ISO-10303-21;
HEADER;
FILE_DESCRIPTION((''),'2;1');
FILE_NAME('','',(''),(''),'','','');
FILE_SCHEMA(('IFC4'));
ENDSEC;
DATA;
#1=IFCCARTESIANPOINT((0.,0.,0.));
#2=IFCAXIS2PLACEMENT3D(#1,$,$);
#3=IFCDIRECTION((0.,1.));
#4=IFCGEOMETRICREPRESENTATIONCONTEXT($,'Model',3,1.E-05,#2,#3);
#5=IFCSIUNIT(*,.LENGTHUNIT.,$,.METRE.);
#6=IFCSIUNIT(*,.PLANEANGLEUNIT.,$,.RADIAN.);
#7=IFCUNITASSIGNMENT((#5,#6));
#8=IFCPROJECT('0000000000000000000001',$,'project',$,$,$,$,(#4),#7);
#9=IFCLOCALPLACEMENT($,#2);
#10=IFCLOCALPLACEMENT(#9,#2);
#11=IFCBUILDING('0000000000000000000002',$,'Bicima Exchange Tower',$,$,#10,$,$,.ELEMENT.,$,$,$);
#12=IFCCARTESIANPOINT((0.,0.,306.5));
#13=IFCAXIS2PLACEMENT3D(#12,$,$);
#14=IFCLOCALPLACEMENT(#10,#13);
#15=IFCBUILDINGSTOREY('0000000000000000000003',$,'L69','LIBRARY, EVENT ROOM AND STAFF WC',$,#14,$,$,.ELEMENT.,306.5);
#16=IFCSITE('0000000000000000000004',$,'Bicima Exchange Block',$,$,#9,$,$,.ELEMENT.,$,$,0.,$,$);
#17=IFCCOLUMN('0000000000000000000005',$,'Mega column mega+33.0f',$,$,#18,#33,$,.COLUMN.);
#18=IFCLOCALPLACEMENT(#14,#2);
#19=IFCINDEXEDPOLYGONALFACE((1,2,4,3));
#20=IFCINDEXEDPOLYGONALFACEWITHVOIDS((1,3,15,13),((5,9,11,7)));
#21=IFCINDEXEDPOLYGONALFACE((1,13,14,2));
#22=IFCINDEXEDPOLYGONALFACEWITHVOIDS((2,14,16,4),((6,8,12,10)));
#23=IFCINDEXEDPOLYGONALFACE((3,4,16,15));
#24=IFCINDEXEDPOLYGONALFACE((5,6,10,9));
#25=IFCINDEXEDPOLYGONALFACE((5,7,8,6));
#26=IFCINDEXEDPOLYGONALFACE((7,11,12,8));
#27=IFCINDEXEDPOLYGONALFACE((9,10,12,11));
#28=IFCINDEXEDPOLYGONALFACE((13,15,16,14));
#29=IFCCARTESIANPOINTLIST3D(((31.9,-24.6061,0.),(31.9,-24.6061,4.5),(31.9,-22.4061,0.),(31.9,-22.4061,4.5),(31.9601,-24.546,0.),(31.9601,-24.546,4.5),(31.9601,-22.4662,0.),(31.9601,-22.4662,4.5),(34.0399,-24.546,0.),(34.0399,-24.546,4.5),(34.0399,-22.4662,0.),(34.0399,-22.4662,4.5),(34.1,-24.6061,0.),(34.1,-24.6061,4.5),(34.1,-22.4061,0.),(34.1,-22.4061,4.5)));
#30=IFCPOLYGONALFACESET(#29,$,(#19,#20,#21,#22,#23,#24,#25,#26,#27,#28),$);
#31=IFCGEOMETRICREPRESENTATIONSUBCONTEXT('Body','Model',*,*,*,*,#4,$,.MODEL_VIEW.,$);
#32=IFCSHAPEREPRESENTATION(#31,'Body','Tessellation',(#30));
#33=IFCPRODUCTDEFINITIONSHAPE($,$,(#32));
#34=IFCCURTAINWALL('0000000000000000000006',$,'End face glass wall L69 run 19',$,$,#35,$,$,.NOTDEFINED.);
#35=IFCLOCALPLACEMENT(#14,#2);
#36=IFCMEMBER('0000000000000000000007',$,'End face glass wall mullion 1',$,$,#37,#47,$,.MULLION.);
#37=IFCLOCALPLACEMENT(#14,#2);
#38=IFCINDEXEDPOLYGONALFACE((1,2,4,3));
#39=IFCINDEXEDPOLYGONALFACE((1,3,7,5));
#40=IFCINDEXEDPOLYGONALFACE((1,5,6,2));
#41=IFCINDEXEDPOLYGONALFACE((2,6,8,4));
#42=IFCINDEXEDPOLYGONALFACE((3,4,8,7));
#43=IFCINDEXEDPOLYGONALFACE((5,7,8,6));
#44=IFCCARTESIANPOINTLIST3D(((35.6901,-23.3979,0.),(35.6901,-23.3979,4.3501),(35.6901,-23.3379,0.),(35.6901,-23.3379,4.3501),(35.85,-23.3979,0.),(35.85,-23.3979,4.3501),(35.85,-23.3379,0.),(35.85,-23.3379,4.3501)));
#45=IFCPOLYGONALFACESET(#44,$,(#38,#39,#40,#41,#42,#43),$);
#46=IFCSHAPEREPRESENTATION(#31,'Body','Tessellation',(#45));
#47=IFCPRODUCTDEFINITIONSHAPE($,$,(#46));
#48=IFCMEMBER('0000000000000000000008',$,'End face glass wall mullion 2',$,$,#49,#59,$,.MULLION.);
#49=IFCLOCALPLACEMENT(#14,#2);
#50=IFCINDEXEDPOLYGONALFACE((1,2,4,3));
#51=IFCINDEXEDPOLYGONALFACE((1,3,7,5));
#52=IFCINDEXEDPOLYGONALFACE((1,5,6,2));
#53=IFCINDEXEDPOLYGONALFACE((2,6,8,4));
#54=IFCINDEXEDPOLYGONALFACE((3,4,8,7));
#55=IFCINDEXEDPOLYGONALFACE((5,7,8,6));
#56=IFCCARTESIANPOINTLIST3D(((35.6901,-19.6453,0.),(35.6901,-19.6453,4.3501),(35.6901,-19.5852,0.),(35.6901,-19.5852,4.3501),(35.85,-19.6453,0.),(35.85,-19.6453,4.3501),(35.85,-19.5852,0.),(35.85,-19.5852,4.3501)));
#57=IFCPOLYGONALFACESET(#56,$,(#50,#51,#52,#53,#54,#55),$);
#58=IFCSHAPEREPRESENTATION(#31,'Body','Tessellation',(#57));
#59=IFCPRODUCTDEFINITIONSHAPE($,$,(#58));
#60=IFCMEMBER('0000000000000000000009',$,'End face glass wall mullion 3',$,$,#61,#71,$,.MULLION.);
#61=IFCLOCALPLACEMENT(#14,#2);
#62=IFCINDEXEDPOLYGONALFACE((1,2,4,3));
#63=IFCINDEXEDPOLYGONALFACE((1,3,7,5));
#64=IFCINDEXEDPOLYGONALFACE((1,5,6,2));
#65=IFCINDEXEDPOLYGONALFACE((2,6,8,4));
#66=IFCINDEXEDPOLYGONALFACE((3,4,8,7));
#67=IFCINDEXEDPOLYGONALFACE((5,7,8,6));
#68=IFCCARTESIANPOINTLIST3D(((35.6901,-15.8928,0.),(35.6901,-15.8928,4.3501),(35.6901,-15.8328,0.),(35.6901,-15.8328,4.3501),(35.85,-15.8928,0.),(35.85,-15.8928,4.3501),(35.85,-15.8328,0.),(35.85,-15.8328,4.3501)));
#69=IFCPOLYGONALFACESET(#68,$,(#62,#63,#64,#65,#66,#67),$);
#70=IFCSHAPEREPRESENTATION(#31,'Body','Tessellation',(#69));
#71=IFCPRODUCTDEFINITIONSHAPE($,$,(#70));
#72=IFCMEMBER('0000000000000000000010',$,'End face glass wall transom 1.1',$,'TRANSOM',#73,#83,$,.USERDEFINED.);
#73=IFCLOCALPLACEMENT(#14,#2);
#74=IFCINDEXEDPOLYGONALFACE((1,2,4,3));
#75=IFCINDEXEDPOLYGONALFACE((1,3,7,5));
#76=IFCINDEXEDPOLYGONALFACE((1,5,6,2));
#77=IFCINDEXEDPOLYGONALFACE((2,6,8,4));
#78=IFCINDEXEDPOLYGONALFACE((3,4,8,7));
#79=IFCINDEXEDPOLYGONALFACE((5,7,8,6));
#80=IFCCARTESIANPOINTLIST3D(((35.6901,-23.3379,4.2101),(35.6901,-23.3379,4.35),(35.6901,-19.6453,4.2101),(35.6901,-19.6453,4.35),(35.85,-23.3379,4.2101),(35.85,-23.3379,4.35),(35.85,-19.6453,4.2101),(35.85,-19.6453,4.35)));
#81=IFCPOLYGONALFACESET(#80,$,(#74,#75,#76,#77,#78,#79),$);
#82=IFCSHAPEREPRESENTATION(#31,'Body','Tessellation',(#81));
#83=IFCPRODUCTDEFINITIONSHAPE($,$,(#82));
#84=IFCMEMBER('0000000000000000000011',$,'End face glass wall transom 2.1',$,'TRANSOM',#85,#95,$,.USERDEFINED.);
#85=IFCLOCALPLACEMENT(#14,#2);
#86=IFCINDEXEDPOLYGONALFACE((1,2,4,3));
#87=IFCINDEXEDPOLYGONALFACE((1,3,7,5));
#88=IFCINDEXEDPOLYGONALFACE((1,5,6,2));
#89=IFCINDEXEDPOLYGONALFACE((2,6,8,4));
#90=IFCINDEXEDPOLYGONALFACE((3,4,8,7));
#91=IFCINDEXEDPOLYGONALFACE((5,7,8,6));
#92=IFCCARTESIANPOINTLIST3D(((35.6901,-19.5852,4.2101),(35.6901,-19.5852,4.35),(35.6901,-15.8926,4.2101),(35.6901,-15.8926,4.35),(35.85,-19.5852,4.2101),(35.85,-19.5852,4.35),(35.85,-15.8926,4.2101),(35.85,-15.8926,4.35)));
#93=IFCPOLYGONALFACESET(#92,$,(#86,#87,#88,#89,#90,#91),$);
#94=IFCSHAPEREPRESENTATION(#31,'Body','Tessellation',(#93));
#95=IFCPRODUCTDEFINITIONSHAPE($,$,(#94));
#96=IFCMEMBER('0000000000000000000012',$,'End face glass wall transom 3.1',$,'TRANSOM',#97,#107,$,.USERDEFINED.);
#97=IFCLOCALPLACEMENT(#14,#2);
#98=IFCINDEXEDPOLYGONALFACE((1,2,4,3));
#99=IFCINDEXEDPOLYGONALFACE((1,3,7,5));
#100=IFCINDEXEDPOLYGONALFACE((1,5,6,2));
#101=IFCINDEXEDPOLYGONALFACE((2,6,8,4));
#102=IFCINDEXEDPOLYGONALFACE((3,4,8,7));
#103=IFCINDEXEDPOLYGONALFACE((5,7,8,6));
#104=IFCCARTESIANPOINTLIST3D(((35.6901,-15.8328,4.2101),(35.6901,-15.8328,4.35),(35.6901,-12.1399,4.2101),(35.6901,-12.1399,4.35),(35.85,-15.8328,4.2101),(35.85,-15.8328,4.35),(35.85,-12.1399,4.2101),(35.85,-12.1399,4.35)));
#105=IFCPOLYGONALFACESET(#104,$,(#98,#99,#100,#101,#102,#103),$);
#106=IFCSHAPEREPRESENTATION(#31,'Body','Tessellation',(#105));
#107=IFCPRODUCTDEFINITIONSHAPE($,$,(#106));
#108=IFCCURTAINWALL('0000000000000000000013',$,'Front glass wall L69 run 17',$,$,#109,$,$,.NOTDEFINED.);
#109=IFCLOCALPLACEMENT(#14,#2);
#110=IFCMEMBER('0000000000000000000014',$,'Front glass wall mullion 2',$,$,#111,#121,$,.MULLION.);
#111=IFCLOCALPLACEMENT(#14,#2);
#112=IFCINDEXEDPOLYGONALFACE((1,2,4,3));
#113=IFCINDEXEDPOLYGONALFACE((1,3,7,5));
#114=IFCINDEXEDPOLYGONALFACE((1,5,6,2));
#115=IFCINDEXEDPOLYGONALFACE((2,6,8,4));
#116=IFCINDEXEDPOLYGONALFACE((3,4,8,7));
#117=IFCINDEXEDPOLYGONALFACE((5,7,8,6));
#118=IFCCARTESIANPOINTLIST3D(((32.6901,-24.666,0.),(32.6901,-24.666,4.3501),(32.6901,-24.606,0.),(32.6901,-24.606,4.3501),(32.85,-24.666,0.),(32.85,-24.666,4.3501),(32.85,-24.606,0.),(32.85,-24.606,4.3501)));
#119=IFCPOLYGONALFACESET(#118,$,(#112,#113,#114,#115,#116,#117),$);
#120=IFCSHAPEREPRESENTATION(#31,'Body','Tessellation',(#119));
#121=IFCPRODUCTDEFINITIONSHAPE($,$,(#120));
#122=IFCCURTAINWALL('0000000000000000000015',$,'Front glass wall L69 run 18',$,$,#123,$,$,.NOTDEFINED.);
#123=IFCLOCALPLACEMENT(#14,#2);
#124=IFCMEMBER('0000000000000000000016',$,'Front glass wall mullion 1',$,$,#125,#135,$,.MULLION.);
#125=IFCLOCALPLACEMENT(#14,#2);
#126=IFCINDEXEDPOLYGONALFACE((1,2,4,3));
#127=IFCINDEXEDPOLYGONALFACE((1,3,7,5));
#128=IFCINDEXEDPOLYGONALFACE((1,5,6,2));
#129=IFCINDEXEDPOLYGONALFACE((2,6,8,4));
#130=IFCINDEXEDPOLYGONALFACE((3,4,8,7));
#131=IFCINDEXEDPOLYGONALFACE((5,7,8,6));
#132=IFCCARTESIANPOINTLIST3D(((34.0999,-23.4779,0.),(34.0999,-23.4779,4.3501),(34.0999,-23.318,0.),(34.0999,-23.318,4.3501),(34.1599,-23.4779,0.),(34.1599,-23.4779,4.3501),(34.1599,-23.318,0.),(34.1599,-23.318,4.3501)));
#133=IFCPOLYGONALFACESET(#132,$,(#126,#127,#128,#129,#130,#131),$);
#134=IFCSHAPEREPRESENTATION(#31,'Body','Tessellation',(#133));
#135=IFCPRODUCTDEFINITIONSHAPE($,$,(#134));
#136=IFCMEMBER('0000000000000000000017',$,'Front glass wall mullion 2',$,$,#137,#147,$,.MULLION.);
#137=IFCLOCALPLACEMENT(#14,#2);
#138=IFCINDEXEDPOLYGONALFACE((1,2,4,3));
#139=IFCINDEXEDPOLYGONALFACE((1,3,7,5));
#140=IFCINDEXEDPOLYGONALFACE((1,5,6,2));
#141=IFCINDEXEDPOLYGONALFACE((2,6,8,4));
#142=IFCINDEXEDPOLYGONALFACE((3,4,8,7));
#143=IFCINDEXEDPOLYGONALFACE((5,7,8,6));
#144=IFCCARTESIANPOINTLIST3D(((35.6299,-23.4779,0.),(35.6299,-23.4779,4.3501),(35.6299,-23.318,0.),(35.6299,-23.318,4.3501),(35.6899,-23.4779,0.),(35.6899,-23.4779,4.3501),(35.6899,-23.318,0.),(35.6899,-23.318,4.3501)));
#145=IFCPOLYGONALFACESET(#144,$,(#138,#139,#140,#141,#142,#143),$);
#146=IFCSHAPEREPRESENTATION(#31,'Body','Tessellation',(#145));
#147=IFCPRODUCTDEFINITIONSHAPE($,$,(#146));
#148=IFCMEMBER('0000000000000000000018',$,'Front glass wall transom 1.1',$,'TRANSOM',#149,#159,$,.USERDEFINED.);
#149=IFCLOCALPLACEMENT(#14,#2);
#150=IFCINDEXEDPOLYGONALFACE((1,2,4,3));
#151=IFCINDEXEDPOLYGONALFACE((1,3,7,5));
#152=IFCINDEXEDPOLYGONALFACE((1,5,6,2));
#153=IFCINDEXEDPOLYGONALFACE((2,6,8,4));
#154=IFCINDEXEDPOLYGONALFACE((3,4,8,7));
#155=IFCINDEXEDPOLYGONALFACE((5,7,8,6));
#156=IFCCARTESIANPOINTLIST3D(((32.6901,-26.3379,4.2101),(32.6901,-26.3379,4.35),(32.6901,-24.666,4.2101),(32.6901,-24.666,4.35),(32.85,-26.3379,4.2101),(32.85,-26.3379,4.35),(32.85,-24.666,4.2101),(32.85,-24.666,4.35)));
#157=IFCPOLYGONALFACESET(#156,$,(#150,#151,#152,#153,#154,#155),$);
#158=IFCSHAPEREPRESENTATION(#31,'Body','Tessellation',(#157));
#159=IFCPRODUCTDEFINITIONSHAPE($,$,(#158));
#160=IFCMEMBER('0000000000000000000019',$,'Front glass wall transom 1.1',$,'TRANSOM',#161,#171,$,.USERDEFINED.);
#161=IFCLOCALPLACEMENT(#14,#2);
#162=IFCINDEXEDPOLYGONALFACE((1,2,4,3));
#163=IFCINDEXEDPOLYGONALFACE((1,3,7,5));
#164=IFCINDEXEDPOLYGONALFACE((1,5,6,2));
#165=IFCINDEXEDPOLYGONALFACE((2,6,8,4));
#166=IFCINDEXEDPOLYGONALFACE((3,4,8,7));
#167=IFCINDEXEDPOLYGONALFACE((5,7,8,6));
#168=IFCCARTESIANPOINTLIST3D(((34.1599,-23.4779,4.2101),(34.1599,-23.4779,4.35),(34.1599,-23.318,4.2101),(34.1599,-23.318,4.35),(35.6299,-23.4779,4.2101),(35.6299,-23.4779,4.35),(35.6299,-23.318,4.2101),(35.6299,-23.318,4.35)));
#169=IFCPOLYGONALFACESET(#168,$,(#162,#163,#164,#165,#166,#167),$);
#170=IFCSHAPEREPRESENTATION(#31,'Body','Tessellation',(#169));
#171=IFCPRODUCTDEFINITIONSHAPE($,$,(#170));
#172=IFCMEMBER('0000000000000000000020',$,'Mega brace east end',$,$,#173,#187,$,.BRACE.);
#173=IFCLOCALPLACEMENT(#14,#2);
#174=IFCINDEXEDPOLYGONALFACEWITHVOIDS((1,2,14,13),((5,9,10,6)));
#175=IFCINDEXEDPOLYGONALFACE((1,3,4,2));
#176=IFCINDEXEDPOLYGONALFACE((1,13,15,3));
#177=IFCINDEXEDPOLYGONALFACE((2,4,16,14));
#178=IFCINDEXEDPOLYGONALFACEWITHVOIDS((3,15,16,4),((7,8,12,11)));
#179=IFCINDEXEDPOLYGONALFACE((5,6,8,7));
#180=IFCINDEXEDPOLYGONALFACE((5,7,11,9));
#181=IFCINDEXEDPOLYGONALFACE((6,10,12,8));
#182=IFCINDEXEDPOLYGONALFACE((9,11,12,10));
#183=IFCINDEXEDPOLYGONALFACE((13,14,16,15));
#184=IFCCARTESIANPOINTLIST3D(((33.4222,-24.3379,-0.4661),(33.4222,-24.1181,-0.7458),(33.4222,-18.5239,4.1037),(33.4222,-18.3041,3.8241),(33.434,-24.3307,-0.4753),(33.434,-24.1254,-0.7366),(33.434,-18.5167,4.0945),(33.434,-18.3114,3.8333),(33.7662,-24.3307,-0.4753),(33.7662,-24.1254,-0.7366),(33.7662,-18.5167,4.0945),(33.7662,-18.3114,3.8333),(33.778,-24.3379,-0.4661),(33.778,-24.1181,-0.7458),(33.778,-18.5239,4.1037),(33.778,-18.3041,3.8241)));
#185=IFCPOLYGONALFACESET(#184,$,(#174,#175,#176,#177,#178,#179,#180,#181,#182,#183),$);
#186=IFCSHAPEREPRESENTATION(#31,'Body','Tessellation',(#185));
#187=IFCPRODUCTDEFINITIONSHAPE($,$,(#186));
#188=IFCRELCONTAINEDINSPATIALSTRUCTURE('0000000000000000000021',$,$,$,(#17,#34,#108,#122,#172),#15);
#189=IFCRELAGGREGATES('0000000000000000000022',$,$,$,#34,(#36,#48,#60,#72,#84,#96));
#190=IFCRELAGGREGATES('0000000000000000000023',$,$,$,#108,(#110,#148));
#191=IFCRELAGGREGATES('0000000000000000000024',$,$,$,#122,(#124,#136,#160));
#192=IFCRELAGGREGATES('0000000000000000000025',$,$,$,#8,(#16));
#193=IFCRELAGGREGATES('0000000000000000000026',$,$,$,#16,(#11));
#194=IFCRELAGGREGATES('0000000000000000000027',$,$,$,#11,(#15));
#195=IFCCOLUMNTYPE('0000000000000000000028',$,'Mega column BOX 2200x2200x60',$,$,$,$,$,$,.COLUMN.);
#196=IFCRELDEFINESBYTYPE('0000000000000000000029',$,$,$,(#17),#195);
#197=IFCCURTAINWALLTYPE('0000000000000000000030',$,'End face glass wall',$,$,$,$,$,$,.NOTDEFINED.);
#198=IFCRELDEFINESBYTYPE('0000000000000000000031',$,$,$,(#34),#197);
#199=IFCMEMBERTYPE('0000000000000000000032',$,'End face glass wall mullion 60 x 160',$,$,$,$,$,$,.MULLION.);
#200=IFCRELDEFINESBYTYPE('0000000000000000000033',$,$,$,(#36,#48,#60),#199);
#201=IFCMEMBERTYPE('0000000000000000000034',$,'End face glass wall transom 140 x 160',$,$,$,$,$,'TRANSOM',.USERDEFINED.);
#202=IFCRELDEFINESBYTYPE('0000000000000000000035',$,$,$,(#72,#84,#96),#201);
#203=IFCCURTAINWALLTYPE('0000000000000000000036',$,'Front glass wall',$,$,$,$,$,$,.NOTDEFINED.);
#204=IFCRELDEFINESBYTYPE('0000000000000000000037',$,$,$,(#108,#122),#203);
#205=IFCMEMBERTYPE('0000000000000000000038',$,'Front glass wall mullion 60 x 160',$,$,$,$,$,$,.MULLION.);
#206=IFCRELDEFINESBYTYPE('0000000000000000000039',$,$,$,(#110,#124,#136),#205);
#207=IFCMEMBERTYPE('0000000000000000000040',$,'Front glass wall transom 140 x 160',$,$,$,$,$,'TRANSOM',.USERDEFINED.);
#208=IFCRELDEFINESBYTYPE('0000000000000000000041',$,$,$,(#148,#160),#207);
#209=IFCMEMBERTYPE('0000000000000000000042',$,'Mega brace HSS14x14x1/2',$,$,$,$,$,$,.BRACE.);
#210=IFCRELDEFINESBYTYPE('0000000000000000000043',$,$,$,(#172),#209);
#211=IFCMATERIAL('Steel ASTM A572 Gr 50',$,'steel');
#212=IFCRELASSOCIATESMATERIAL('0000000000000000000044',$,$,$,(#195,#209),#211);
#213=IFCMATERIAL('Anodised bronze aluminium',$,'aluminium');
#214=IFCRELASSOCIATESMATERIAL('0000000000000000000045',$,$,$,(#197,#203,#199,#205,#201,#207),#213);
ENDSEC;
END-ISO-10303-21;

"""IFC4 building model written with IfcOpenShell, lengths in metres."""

from ifc_helpers import new_model, si_unit, direction, frame, origin, origin_2d, place, context, subcontext, project, spatial, rectangle, hollow_rectangle, extrude, material, material_profile, profile_set, type_object, element, aggregate, save


model = new_model("IFC4")

# Units and contexts
model_context = context("Model", 3, precision=1e-05, world=origin(), true_north=direction((0.0, 1.0)))
body_context = subcontext(model_context, "Body", "Model", "MODEL_VIEW")
ifc_project = project(units=[si_unit("LENGTHUNIT", "METRE"), si_unit("PLANEANGLEUNIT", "RADIAN")], contexts=[model_context])

# Site, building, storey
site_placement = place(None, origin())
site = spatial("IfcSite", under=ifc_project, at=site_placement, Name="Bicima Exchange Block", CompositionType="ELEMENT", RefElevation=0.0)
building_placement = place(site_placement, origin())
building = spatial("IfcBuilding", under=site, at=building_placement, Name="Bicima Exchange Tower", CompositionType="ELEMENT")
storey_placement = place(building_placement, frame((0.0, 0.0, 306.5)))
storey = spatial("IfcBuildingStorey", under=building, at=storey_placement, Name="L69", Description="LIBRARY, EVENT ROOM AND STAFF WC", CompositionType="ELEMENT", Elevation=306.5)

# Column
ifc_material_1 = material(Name="Steel ASTM A572 Gr 50", Category="steel")
ifc_material_profile_1 = material_profile(ifc_material_1, hollow_rectangle(XDim=2.2, YDim=2.2, WallThickness=0.0601, at=origin_2d()))
ifc_profile_set_1 = profile_set([ifc_material_profile_1], Name="Steel ASTM A572 Gr 50")
column_type = type_object("IfcColumnType", Name="Mega column BOX 2200x2200x60", PredefinedType="COLUMN", material=ifc_profile_set_1)
column_placement = place(storey_placement, frame((33.0, -23.5061, 0.0), z_axis=(0.0, 0.0, 1.0), x_axis=(1.0, 0.0, 0.0)))
element("IfcColumn", 1, at=column_placement, inside=storey, type_object=column_type, Name="Mega column mega+33.0f", PredefinedType="COLUMN", context=body_context, shape_type="SweptSolid", body=[
    extrude(hollow_rectangle(XDim=2.2, YDim=2.2, WallThickness=0.0601, at=origin_2d()), origin(), (0.0, 0.0, 1.0), 4.5),
])

# Curtain wall, members
ifc_material_2 = material(Name="Anodised bronze aluminium", Category="aluminium")
curtain_wall_type_1 = type_object("IfcCurtainWallType", Name="End face glass wall", PredefinedType="NOTDEFINED", material=ifc_material_2)
curtain_wall_1_placement = place(storey_placement, origin())
curtain_wall_1 = element("IfcCurtainWall", 2, at=curtain_wall_1_placement, inside=storey, type_object=curtain_wall_type_1, Name="End face glass wall L69 run 19", PredefinedType="NOTDEFINED")
ifc_material_profile_2 = material_profile(ifc_material_2, rectangle(XDim=0.1599, YDim=0.0601, at=origin_2d()))
ifc_profile_set_2 = profile_set([ifc_material_profile_2], Name="Anodised bronze aluminium")
member_type_1 = type_object("IfcMemberType", Name="End face glass wall mullion 60 x 160", PredefinedType="MULLION", material=ifc_profile_set_2)
member_1_placement = place(storey_placement, frame((35.77, -23.3679, 0.0), z_axis=(0.0, 0.0, 1.0), x_axis=(-1.0, 0.0, 0.0)))
member_1 = element("IfcMember", 3, at=member_1_placement, type_object=member_type_1, Name="End face glass wall mullion 1", PredefinedType="MULLION", context=body_context, shape_type="SweptSolid", body=[
    extrude(rectangle(XDim=0.1599, YDim=0.0601, at=origin_2d()), origin(), (0.0, 0.0, 1.0), 4.3501),
])
member_2_placement = place(storey_placement, frame((35.77, -19.6152, 0.0), z_axis=(0.0, 0.0, 1.0), x_axis=(-1.0, 0.0, 0.0)))
member_2 = element("IfcMember", 4, at=member_2_placement, type_object=member_type_1, Name="End face glass wall mullion 2", PredefinedType="MULLION", context=body_context, shape_type="SweptSolid", body=[
    extrude(rectangle(XDim=0.1599, YDim=0.0601, at=origin_2d()), origin(), (0.0, 0.0, 1.0), 4.3501),
])
member_3_placement = place(storey_placement, frame((35.77, -15.8628, 0.0), z_axis=(0.0, 0.0, 1.0), x_axis=(-1.0, 0.0, 0.0)))
member_3 = element("IfcMember", 5, at=member_3_placement, type_object=member_type_1, Name="End face glass wall mullion 3", PredefinedType="MULLION", context=body_context, shape_type="SweptSolid", body=[
    extrude(rectangle(XDim=0.1599, YDim=0.0601, at=origin_2d()), origin(), (0.0, 0.0, 1.0), 4.3501),
])
ifc_material_profile_3 = material_profile(ifc_material_2, rectangle(XDim=0.1599, YDim=0.1399, at=origin_2d()))
ifc_profile_set_3 = profile_set([ifc_material_profile_3], Name="Anodised bronze aluminium")
member_type_2 = type_object("IfcMemberType", Name="End face glass wall transom 140 x 160", ElementType="TRANSOM", PredefinedType="USERDEFINED", material=ifc_profile_set_3)
member_4_placement = place(storey_placement, frame((35.77, -23.3379, 4.28), z_axis=(0.0, 1.0, 0.0), x_axis=(-1.0, 0.0, 0.0)))
member_4 = element("IfcMember", 6, at=member_4_placement, type_object=member_type_2, Name="End face glass wall transom 1.1", ObjectType="TRANSOM", PredefinedType="USERDEFINED", context=body_context, shape_type="SweptSolid", body=[
    extrude(rectangle(XDim=0.1599, YDim=0.1399, at=origin_2d()), origin(), (0.0, 0.0, 1.0), 3.6926),
])
member_5_placement = place(storey_placement, frame((35.77, -19.5852, 4.28), z_axis=(0.0, 1.0, 0.0), x_axis=(-1.0, 0.0, 0.0)))
member_5 = element("IfcMember", 7, at=member_5_placement, type_object=member_type_2, Name="End face glass wall transom 2.1", ObjectType="TRANSOM", PredefinedType="USERDEFINED", context=body_context, shape_type="SweptSolid", body=[
    extrude(rectangle(XDim=0.1599, YDim=0.1399, at=origin_2d()), origin(), (0.0, 0.0, 1.0), 3.6926),
])
member_6_placement = place(storey_placement, frame((35.77, -15.8328, 4.28), z_axis=(0.0, 1.0, 0.0), x_axis=(-1.0, 0.0, 0.0)))
member_6 = element("IfcMember", 8, at=member_6_placement, type_object=member_type_2, Name="End face glass wall transom 3.1", ObjectType="TRANSOM", PredefinedType="USERDEFINED", context=body_context, shape_type="SweptSolid", body=[
    extrude(rectangle(XDim=0.1599, YDim=0.1399, at=origin_2d()), origin(), (0.0, 0.0, 1.0), 3.6929),
])

# Curtain wall, member
curtain_wall_type_2 = type_object("IfcCurtainWallType", Name="Front glass wall", PredefinedType="NOTDEFINED", material=ifc_material_2)
curtain_wall_2_placement = place(storey_placement, origin())
curtain_wall_2 = element("IfcCurtainWall", 9, at=curtain_wall_2_placement, inside=storey, type_object=curtain_wall_type_2, Name="Front glass wall L69 run 17", PredefinedType="NOTDEFINED")
member_type_3 = type_object("IfcMemberType", Name="Front glass wall mullion 60 x 160", PredefinedType="MULLION", material=ifc_profile_set_2)
member_7_placement = place(storey_placement, frame((32.77, -24.636, 0.0), z_axis=(0.0, 0.0, 1.0), x_axis=(-1.0, 0.0, 0.0)))
member_7 = element("IfcMember", 10, at=member_7_placement, type_object=member_type_3, Name="Front glass wall mullion 2", PredefinedType="MULLION", context=body_context, shape_type="SweptSolid", body=[
    extrude(rectangle(XDim=0.1599, YDim=0.0601, at=origin_2d()), origin(), (0.0, 0.0, 1.0), 4.3501),
])

# Curtain wall, members
curtain_wall_3_placement = place(storey_placement, origin())
curtain_wall_3 = element("IfcCurtainWall", 11, at=curtain_wall_3_placement, inside=storey, type_object=curtain_wall_type_2, Name="Front glass wall L69 run 18", PredefinedType="NOTDEFINED")
member_8_placement = place(storey_placement, frame((34.1299, -23.3979, 0.0), z_axis=(0.0, 0.0, 1.0), x_axis=(0.0, 1.0, 0.0)))
member_8 = element("IfcMember", 12, at=member_8_placement, type_object=member_type_3, Name="Front glass wall mullion 1", PredefinedType="MULLION", context=body_context, shape_type="SweptSolid", body=[
    extrude(rectangle(XDim=0.1599, YDim=0.0601, at=origin_2d()), origin(), (0.0, 0.0, 1.0), 4.3501),
])
member_9_placement = place(storey_placement, frame((35.6599, -23.3979, 0.0), z_axis=(0.0, 0.0, 1.0), x_axis=(0.0, 1.0, 0.0)))
member_9 = element("IfcMember", 13, at=member_9_placement, type_object=member_type_3, Name="Front glass wall mullion 2", PredefinedType="MULLION", context=body_context, shape_type="SweptSolid", body=[
    extrude(rectangle(XDim=0.1599, YDim=0.0601, at=origin_2d()), origin(), (0.0, 0.0, 1.0), 4.3501),
])

# Members
member_type_4 = type_object("IfcMemberType", Name="Front glass wall transom 140 x 160", ElementType="TRANSOM", PredefinedType="USERDEFINED", material=ifc_profile_set_3)
member_10_placement = place(storey_placement, frame((32.77, -26.3379, 4.28), z_axis=(0.0, 1.0, 0.0), x_axis=(-1.0, 0.0, 0.0)))
member_10 = element("IfcMember", 14, at=member_10_placement, type_object=member_type_4, Name="Front glass wall transom 1.1", ObjectType="TRANSOM", PredefinedType="USERDEFINED", context=body_context, shape_type="SweptSolid", body=[
    extrude(rectangle(XDim=0.1599, YDim=0.1399, at=origin_2d()), origin(), (0.0, 0.0, 1.0), 1.6719),
])
member_11_placement = place(storey_placement, frame((34.1599, -23.3979, 4.28), z_axis=(1.0, 0.0, 0.0), x_axis=(0.0, 1.0, 0.0)))
member_11 = element("IfcMember", 15, at=member_11_placement, type_object=member_type_4, Name="Front glass wall transom 1.1", ObjectType="TRANSOM", PredefinedType="USERDEFINED", context=body_context, shape_type="SweptSolid", body=[
    extrude(rectangle(XDim=0.1599, YDim=0.1399, at=origin_2d()), origin(), (0.0, 0.0, 1.0), 1.47),
])
ifc_material_profile_4 = material_profile(ifc_material_1, hollow_rectangle(XDim=0.3557, YDim=0.3557, WallThickness=0.0117, at=origin_2d()))
ifc_profile_set_4 = profile_set([ifc_material_profile_4], Name="Steel ASTM A572 Gr 50")
member_type_5 = type_object("IfcMemberType", Name="Mega brace HSS14x14x1/2", PredefinedType="BRACE", material=ifc_profile_set_4)
member_12_placement = place(storey_placement, frame((33.6001, -24.228, -0.606), z_axis=(0.0, 0.786206, 0.617964), x_axis=(-1.0, 0.0, 0.0)))
element("IfcMember", 16, at=member_12_placement, inside=storey, type_object=member_type_5, Name="Mega brace east end", PredefinedType="BRACE", context=body_context, shape_type="SweptSolid", body=[
    extrude(hollow_rectangle(XDim=0.3557, YDim=0.3557, WallThickness=0.0117, at=origin_2d()), origin(), (0.0, 0.0, 1.0), 7.395),
])

aggregate(curtain_wall_1, [member_1, member_2, member_3, member_4, member_5, member_6])
aggregate(curtain_wall_2, [member_7, member_10])
aggregate(curtain_wall_3, [member_8, member_9, member_11])

save(model, "model.ifc")
